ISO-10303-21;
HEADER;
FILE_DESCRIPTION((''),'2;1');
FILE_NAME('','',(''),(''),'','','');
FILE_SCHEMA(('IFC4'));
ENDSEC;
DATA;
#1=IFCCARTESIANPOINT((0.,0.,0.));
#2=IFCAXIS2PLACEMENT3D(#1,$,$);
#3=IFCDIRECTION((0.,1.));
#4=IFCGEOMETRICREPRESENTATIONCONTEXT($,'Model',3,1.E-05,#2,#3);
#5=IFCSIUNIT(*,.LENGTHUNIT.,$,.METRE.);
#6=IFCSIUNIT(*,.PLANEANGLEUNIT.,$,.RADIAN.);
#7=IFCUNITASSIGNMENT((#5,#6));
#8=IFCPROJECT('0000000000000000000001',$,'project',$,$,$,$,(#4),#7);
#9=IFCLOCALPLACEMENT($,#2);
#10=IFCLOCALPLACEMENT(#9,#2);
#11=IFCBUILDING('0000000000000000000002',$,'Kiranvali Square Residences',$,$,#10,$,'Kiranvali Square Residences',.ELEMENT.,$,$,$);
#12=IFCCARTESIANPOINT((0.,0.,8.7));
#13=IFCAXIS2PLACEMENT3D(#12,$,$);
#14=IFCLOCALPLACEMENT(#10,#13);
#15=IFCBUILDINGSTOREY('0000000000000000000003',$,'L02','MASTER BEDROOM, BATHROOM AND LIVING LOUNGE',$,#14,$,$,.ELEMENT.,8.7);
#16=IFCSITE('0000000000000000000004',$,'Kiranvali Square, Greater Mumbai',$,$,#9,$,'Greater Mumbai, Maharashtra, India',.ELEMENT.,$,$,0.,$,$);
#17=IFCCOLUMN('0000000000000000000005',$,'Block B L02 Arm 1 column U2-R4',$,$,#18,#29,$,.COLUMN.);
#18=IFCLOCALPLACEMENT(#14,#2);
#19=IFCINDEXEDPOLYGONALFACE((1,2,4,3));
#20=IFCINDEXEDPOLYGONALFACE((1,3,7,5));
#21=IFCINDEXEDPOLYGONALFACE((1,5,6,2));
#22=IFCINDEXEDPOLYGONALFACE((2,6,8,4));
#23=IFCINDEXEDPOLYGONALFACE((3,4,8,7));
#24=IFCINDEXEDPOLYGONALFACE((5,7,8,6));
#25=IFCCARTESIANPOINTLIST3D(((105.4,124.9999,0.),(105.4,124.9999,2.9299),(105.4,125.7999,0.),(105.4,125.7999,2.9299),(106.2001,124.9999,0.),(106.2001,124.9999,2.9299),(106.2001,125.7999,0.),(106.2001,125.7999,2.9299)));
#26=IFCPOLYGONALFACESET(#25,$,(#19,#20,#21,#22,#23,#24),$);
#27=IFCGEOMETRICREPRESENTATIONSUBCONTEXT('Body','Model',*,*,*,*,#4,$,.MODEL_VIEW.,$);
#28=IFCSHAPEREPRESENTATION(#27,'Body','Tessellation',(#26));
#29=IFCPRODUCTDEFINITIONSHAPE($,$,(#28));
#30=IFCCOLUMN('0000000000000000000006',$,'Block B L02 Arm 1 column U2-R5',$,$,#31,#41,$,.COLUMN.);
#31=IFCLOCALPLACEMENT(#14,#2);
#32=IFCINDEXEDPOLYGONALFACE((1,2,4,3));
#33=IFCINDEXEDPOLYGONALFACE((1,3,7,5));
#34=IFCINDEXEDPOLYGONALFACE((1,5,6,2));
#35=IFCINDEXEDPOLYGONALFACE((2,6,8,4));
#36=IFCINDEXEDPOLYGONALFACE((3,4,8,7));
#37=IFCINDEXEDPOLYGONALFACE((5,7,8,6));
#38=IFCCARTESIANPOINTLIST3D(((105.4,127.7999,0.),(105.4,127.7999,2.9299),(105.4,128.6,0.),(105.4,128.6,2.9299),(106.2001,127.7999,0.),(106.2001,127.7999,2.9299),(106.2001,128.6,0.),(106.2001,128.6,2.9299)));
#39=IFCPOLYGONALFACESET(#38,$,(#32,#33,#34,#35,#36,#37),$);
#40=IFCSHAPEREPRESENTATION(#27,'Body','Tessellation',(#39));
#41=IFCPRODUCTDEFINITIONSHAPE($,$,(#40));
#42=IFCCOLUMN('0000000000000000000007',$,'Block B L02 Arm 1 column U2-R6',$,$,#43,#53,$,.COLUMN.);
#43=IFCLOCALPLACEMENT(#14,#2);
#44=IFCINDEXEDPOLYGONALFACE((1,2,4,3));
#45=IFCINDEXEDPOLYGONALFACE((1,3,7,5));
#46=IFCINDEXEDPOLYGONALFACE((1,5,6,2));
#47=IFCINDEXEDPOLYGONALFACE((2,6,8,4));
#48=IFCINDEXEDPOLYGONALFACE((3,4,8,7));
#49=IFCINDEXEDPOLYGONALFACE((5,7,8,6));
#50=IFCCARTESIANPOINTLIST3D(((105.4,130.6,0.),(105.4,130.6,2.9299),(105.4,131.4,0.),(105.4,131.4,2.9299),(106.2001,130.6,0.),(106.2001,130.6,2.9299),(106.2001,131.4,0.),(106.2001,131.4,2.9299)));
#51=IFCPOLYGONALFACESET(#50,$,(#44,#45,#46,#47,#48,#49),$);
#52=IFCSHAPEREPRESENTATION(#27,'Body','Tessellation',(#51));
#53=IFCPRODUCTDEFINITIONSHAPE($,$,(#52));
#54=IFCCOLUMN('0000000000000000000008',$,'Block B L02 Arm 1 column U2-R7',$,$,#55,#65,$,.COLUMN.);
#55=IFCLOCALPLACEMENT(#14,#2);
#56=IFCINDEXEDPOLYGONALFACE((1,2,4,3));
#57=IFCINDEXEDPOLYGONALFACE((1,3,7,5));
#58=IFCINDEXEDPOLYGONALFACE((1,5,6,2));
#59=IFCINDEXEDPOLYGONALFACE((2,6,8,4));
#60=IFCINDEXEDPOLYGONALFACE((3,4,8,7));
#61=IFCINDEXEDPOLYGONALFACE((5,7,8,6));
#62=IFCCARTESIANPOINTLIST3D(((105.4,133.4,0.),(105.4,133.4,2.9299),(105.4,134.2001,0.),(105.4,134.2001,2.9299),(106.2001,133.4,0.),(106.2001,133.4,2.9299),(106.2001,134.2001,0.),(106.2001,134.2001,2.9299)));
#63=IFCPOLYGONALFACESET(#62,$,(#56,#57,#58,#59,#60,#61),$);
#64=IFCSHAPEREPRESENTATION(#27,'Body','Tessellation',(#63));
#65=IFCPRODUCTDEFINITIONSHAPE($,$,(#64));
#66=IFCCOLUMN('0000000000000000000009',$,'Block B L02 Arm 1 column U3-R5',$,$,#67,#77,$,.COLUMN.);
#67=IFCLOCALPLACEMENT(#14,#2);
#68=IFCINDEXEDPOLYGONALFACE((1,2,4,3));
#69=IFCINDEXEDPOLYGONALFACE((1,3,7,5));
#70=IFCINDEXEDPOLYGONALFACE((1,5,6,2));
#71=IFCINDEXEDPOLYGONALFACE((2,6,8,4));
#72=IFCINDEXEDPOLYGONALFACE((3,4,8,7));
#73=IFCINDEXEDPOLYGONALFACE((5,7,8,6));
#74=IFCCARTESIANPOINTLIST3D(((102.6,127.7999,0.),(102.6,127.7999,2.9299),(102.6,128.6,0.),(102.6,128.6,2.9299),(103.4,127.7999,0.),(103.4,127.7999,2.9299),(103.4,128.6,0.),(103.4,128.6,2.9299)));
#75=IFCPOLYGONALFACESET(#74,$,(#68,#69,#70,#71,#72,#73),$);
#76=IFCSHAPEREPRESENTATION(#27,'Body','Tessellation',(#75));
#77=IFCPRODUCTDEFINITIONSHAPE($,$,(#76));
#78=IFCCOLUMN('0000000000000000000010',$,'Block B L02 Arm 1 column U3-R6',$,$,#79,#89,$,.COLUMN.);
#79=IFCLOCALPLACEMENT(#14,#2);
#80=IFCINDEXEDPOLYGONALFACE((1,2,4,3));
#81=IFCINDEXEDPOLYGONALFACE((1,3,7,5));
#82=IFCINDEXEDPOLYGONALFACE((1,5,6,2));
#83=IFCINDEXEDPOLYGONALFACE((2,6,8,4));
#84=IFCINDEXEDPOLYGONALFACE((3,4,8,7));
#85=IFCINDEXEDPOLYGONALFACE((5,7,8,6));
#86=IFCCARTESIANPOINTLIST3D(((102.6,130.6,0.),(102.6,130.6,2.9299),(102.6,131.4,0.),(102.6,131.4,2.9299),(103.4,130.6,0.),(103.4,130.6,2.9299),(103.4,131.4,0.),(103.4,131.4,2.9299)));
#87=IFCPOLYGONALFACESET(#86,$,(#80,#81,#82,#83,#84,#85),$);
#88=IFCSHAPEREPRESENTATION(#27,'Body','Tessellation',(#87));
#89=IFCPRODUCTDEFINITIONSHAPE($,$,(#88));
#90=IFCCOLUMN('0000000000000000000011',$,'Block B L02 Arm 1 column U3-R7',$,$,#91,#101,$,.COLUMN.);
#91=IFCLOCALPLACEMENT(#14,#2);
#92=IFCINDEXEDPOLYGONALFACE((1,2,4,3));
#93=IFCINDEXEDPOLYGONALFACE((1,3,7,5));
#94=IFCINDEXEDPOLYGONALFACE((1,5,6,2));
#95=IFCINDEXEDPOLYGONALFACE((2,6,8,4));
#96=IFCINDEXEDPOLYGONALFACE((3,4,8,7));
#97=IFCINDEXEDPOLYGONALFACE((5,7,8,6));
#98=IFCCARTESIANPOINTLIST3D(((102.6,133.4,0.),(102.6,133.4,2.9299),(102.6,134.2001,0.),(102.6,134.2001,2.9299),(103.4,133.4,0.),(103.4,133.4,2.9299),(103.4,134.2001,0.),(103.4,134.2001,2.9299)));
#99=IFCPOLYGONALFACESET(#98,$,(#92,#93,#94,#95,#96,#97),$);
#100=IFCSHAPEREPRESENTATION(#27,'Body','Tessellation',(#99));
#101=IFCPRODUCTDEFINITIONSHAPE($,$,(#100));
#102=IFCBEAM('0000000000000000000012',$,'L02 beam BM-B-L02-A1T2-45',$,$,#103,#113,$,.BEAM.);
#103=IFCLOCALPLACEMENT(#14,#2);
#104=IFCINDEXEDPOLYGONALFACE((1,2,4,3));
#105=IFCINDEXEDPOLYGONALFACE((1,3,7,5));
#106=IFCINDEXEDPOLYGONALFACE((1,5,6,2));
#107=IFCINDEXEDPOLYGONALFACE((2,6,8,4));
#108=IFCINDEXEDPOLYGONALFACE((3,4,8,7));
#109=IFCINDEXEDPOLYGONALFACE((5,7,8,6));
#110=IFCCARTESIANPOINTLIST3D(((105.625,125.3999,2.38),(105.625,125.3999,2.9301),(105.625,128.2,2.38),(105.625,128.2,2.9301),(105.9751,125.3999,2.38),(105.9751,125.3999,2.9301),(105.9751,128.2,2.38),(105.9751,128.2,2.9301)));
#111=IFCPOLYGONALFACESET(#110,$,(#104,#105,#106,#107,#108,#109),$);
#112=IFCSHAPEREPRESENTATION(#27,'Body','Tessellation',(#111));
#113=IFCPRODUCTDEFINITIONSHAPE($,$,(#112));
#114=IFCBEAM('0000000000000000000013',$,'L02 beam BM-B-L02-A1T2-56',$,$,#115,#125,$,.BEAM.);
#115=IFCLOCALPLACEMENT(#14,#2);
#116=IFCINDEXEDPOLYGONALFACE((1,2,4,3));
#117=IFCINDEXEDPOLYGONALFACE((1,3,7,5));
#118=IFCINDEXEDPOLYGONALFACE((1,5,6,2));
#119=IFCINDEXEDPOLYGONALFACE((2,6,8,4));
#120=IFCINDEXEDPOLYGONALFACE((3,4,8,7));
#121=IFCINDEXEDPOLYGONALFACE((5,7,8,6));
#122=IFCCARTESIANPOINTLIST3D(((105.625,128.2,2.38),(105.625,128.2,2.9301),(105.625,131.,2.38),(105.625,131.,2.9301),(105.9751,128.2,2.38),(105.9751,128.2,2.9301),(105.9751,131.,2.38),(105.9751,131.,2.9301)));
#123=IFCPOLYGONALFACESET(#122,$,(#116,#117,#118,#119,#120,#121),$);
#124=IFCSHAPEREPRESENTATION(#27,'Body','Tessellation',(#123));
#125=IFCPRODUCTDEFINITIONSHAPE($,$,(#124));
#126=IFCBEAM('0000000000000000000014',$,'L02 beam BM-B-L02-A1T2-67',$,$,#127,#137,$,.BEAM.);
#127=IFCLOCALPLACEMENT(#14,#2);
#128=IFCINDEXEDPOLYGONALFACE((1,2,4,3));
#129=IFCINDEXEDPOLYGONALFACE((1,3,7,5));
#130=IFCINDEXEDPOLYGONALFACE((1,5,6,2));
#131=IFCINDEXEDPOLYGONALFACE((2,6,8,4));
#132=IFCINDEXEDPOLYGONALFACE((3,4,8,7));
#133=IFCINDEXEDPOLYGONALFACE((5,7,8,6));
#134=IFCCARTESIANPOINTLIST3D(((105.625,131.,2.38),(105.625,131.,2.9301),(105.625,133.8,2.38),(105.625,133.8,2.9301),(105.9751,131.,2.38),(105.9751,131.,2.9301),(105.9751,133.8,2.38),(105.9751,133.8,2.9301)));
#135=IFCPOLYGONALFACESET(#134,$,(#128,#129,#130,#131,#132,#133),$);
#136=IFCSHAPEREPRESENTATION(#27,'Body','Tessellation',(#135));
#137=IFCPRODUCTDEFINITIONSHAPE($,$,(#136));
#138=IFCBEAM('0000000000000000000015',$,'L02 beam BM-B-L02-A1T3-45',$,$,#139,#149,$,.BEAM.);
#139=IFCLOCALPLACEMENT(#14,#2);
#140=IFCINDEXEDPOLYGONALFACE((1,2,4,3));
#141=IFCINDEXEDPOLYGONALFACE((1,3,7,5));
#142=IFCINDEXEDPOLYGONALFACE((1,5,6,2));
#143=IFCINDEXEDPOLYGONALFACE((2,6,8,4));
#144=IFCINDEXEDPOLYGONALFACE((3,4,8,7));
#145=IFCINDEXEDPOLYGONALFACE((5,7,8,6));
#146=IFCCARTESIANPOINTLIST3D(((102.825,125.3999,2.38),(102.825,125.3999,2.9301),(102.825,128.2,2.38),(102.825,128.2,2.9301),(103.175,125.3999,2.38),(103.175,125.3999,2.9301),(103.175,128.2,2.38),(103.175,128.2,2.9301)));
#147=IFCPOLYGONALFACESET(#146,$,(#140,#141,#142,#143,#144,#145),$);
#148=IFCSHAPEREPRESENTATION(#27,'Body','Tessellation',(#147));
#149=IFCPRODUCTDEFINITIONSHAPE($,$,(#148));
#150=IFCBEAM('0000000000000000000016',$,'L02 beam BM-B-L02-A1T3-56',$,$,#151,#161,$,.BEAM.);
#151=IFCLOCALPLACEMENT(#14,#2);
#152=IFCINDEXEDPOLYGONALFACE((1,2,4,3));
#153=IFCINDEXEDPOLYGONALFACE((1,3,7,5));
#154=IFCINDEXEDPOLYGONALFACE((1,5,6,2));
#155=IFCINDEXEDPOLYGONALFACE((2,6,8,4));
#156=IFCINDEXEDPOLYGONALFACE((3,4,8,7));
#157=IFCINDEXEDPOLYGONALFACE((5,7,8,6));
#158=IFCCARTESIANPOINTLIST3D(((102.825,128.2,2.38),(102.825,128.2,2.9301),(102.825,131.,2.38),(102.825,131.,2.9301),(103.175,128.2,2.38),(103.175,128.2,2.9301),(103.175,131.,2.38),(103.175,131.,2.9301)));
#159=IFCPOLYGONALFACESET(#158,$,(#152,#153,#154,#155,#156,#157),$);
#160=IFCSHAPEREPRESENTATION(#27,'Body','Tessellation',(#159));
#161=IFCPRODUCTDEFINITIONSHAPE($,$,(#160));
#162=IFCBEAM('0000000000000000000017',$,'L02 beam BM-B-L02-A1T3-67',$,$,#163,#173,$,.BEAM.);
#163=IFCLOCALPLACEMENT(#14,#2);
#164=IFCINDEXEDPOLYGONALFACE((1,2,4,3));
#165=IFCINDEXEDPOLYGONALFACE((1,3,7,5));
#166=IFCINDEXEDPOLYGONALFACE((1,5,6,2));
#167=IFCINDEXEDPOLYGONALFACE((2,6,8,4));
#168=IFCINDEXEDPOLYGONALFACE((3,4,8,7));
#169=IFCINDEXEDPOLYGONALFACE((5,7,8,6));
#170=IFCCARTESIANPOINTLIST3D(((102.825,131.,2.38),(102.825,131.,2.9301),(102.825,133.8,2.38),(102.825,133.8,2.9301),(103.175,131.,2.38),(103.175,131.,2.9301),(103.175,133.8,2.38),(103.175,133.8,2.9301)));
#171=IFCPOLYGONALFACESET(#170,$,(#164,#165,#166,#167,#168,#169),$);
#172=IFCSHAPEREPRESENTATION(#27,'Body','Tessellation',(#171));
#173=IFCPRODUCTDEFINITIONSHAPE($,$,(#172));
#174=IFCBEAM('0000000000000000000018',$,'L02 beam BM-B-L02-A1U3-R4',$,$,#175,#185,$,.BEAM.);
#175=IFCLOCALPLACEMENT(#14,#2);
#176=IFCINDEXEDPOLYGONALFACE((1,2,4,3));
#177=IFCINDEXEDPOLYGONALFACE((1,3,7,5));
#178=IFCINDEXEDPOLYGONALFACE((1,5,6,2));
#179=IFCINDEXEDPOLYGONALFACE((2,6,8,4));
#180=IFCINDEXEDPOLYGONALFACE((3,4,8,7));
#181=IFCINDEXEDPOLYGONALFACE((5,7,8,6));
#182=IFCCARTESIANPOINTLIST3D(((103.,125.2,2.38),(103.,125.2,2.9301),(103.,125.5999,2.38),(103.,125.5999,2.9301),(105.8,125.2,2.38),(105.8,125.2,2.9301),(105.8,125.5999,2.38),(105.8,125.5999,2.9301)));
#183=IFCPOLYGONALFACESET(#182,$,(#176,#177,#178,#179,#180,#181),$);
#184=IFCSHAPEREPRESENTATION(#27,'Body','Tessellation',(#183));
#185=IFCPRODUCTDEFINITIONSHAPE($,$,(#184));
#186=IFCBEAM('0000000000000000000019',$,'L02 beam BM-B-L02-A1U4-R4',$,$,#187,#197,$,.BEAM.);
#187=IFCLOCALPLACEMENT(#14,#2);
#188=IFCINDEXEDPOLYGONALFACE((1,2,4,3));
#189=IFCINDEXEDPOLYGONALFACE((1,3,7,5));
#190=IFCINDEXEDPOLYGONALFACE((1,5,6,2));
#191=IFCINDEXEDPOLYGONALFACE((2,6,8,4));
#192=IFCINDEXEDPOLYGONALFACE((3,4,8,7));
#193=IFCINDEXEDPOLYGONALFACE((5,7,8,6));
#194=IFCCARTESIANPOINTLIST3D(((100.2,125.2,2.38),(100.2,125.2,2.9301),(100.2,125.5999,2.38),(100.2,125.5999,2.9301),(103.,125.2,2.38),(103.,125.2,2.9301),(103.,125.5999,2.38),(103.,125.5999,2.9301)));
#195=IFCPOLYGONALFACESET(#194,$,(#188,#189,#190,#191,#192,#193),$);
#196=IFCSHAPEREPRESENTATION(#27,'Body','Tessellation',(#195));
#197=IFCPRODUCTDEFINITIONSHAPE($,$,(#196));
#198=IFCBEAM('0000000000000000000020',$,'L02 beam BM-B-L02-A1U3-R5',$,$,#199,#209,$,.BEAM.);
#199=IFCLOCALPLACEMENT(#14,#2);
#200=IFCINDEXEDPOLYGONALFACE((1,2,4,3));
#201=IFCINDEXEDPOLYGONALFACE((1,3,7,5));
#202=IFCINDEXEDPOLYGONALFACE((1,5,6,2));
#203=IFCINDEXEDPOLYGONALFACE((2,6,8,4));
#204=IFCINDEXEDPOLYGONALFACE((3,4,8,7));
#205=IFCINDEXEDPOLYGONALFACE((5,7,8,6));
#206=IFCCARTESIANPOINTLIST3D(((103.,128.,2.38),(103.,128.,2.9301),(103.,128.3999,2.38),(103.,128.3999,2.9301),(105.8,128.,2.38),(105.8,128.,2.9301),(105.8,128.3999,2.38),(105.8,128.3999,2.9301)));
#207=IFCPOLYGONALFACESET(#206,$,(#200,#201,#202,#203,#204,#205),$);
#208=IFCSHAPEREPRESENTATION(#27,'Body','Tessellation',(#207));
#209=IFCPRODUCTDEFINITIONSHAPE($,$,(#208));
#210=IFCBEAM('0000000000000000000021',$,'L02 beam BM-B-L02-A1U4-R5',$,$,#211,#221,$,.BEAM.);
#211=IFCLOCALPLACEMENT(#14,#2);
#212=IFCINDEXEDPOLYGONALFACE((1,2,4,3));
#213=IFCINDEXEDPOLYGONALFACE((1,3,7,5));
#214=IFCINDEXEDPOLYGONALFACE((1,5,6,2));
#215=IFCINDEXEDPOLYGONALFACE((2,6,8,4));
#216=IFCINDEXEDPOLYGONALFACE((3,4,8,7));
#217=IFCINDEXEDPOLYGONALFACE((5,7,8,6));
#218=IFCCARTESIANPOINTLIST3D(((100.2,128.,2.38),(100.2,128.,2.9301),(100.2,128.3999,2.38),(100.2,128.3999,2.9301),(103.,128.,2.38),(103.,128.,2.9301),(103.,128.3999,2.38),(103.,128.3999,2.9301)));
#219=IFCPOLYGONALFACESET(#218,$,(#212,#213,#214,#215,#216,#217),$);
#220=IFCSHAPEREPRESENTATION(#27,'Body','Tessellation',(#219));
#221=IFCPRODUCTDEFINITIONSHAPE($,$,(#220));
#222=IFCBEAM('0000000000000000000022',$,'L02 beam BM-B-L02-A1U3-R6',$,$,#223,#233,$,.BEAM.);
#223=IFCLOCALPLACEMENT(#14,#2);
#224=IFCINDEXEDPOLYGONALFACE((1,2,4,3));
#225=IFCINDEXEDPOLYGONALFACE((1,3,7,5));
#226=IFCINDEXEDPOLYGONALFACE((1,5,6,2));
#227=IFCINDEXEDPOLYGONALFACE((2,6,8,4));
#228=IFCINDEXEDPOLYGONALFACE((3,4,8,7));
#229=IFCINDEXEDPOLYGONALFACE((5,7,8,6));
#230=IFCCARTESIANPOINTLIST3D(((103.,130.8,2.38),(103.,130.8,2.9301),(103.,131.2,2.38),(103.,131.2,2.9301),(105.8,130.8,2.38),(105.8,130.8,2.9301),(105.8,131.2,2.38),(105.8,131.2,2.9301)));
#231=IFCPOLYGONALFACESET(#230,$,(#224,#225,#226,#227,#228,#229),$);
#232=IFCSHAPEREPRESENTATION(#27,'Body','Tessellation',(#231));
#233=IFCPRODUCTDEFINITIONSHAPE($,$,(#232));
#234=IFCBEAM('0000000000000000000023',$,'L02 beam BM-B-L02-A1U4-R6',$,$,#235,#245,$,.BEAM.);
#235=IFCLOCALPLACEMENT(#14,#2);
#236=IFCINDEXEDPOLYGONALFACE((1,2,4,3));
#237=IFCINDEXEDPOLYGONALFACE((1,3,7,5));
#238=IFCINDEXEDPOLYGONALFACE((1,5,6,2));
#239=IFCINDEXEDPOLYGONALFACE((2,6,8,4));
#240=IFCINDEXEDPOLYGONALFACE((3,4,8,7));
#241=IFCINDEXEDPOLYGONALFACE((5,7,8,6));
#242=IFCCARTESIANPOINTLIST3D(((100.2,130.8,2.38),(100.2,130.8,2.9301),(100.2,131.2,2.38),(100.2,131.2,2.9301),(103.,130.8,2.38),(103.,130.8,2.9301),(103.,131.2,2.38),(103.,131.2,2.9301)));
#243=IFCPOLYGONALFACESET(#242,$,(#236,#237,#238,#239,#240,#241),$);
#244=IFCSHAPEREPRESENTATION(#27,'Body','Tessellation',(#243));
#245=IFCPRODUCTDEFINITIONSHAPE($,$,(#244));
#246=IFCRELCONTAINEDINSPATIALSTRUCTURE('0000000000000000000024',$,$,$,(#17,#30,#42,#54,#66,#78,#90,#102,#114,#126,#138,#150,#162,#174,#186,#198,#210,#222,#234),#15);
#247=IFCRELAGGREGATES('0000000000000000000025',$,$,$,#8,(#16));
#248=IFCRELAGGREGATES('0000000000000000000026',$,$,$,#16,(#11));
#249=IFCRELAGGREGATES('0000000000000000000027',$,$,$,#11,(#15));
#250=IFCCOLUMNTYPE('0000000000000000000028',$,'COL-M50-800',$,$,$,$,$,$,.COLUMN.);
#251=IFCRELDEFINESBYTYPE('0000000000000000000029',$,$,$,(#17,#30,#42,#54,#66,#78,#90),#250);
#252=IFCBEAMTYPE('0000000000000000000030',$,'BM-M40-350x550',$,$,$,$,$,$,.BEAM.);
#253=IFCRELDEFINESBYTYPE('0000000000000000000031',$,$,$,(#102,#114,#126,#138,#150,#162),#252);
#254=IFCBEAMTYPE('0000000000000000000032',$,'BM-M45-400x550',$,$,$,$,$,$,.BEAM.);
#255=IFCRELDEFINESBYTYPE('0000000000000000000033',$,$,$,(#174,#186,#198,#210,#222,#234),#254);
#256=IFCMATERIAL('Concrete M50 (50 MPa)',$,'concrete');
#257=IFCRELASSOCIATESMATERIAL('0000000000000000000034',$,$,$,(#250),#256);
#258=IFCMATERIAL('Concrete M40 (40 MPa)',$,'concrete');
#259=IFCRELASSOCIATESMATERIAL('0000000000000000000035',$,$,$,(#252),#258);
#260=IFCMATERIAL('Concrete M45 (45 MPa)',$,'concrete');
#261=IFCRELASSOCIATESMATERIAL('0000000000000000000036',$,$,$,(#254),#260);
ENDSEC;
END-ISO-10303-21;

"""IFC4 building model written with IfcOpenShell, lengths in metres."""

from ifc_helpers import new_model, si_unit, direction, frame, origin, origin_2d, place, context, subcontext, project, spatial, rectangle, extrude, material, material_profile, profile_set, type_object, element, save


model = new_model("IFC4")

# Units and contexts
model_context = context("Model", 3, precision=1e-05, world=origin(), true_north=direction((0.0, 1.0)))
body_context = subcontext(model_context, "Body", "Model", "MODEL_VIEW")
ifc_project = project(units=[si_unit("LENGTHUNIT", "METRE"), si_unit("PLANEANGLEUNIT", "RADIAN")], contexts=[model_context])

# Site, building, storey
site_placement = place(None, origin())
site = spatial("IfcSite", under=ifc_project, at=site_placement, Name="Kiranvali Square, Greater Mumbai", LongName="Greater Mumbai, Maharashtra, India", CompositionType="ELEMENT", RefElevation=0.0)
building_placement = place(site_placement, origin())
building = spatial("IfcBuilding", under=site, at=building_placement, Name="Kiranvali Square Residences", LongName="Kiranvali Square Residences", CompositionType="ELEMENT")
storey_placement = place(building_placement, frame((0.0, 0.0, 8.7)))
storey = spatial("IfcBuildingStorey", under=building, at=storey_placement, Name="L02", Description="MASTER BEDROOM, BATHROOM AND LIVING LOUNGE", CompositionType="ELEMENT", Elevation=8.7)

# Columns
ifc_material_1 = material(Name="Concrete M50 (50 MPa)", Category="concrete")
ifc_material_profile_1 = material_profile(ifc_material_1, rectangle(XDim=0.8, YDim=0.8, at=origin_2d()), Name="RC 800x800")
ifc_profile_set_1 = profile_set([ifc_material_profile_1], Name="Concrete M50 (50 MPa)")
column_type = type_object("IfcColumnType", Name="COL-M50-800", PredefinedType="COLUMN", material=ifc_profile_set_1)
for number, where, z_axis, x_axis, name in (
    (1, (105.8, 125.3999, 0.0), (0.0, 0.0, 1.0), (1.0, 0.0, 0.0), "Block B L02 Arm 1 column U2-R4"),
    (2, (105.8, 128.2, 0.0), (0.0, 0.0, 1.0), (1.0, 0.0, 0.0), "Block B L02 Arm 1 column U2-R5"),
    (3, (105.8, 131.0, 0.0), (0.0, 0.0, 1.0), (1.0, 0.0, 0.0), "Block B L02 Arm 1 column U2-R6"),
    (4, (105.8, 133.8, 0.0), (0.0, 0.0, 1.0), (1.0, 0.0, 0.0), "Block B L02 Arm 1 column U2-R7"),
    (5, (103.0, 128.2, 0.0), (0.0, 0.0, 1.0), (1.0, 0.0, 0.0), "Block B L02 Arm 1 column U3-R5"),
    (6, (103.0, 131.0, 0.0), (0.0, 0.0, 1.0), (1.0, 0.0, 0.0), "Block B L02 Arm 1 column U3-R6"),
    (7, (103.0, 133.8, 0.0), (0.0, 0.0, 1.0), (1.0, 0.0, 0.0), "Block B L02 Arm 1 column U3-R7"),
):
    element("IfcColumn", number, at=place(storey_placement, frame(where, z_axis=z_axis, x_axis=x_axis)), inside=storey, type_object=column_type, Name=name, PredefinedType="COLUMN", context=body_context, shape_type="SweptSolid", body=[
        extrude(rectangle(XDim=0.8, YDim=0.8, at=origin_2d()), origin(), (0.0, 0.0, 1.0), 2.9299),
    ])

# Beams
ifc_material_2 = material(Name="Concrete M40 (40 MPa)", Category="concrete")
ifc_material_profile_2 = material_profile(ifc_material_2, rectangle(XDim=0.3501, YDim=0.55, at=origin_2d()), Name="RC 350x550")
ifc_profile_set_2 = profile_set([ifc_material_profile_2], Name="Concrete M40 (40 MPa)")
beam_type_1 = type_object("IfcBeamType", Name="BM-M40-350x550", PredefinedType="BEAM", material=ifc_profile_set_2)
for number, where, z_axis, x_axis, name in (
    (8, (105.8, 125.3999, 2.655), (0.0, 1.0, 0.0), (-1.0, 0.0, 0.0), "L02 beam BM-B-L02-A1T2-45"),
    (9, (105.8, 128.2, 2.655), (0.0, 1.0, 0.0), (-1.0, 0.0, 0.0), "L02 beam BM-B-L02-A1T2-56"),
    (10, (105.8, 131.0, 2.655), (0.0, 1.0, 0.0), (-1.0, 0.0, 0.0), "L02 beam BM-B-L02-A1T2-67"),
    (11, (103.0, 125.3999, 2.655), (0.0, 1.0, 0.0), (-1.0, 0.0, 0.0), "L02 beam BM-B-L02-A1T3-45"),
    (12, (103.0, 128.2, 2.655), (0.0, 1.0, 0.0), (-1.0, 0.0, 0.0), "L02 beam BM-B-L02-A1T3-56"),
    (13, (103.0, 131.0, 2.655), (0.0, 1.0, 0.0), (-1.0, 0.0, 0.0), "L02 beam BM-B-L02-A1T3-67"),
):
    element("IfcBeam", number, at=place(storey_placement, frame(where, z_axis=z_axis, x_axis=x_axis)), inside=storey, type_object=beam_type_1, Name=name, PredefinedType="BEAM", context=body_context, shape_type="SweptSolid", body=[
        extrude(rectangle(XDim=0.3501, YDim=0.55, at=origin_2d()), origin(), (0.0, 0.0, 1.0), 2.8),
    ])
ifc_material_3 = material(Name="Concrete M45 (45 MPa)", Category="concrete")
ifc_material_profile_3 = material_profile(ifc_material_3, rectangle(XDim=0.3999, YDim=0.55, at=origin_2d()), Name="RC 400x550")
ifc_profile_set_3 = profile_set([ifc_material_profile_3], Name="Concrete M45 (45 MPa)")
beam_type_2 = type_object("IfcBeamType", Name="BM-M45-400x550", PredefinedType="BEAM", material=ifc_profile_set_3)
for number, where, z_axis, x_axis, name in (
    (14, (105.8, 125.3999, 2.655), (-1.0, 0.0, 0.0), (0.0, -1.0, 0.0), "L02 beam BM-B-L02-A1U3-R4"),
    (15, (103.0, 125.3999, 2.655), (-1.0, 0.0, 0.0), (0.0, -1.0, 0.0), "L02 beam BM-B-L02-A1U4-R4"),
    (16, (105.8, 128.2, 2.655), (-1.0, 0.0, 0.0), (0.0, -1.0, 0.0), "L02 beam BM-B-L02-A1U3-R5"),
    (17, (103.0, 128.2, 2.655), (-1.0, 0.0, 0.0), (0.0, -1.0, 0.0), "L02 beam BM-B-L02-A1U4-R5"),
    (18, (105.8, 131.0, 2.655), (-1.0, 0.0, 0.0), (0.0, -1.0, 0.0), "L02 beam BM-B-L02-A1U3-R6"),
    (19, (103.0, 131.0, 2.655), (-1.0, 0.0, 0.0), (0.0, -1.0, 0.0), "L02 beam BM-B-L02-A1U4-R6"),
):
    element("IfcBeam", number, at=place(storey_placement, frame(where, z_axis=z_axis, x_axis=x_axis)), inside=storey, type_object=beam_type_2, Name=name, PredefinedType="BEAM", context=body_context, shape_type="SweptSolid", body=[
        extrude(rectangle(XDim=0.3999, YDim=0.55, at=origin_2d()), origin(), (0.0, 0.0, 1.0), 2.8),
    ])

save(model, "model.ifc")
